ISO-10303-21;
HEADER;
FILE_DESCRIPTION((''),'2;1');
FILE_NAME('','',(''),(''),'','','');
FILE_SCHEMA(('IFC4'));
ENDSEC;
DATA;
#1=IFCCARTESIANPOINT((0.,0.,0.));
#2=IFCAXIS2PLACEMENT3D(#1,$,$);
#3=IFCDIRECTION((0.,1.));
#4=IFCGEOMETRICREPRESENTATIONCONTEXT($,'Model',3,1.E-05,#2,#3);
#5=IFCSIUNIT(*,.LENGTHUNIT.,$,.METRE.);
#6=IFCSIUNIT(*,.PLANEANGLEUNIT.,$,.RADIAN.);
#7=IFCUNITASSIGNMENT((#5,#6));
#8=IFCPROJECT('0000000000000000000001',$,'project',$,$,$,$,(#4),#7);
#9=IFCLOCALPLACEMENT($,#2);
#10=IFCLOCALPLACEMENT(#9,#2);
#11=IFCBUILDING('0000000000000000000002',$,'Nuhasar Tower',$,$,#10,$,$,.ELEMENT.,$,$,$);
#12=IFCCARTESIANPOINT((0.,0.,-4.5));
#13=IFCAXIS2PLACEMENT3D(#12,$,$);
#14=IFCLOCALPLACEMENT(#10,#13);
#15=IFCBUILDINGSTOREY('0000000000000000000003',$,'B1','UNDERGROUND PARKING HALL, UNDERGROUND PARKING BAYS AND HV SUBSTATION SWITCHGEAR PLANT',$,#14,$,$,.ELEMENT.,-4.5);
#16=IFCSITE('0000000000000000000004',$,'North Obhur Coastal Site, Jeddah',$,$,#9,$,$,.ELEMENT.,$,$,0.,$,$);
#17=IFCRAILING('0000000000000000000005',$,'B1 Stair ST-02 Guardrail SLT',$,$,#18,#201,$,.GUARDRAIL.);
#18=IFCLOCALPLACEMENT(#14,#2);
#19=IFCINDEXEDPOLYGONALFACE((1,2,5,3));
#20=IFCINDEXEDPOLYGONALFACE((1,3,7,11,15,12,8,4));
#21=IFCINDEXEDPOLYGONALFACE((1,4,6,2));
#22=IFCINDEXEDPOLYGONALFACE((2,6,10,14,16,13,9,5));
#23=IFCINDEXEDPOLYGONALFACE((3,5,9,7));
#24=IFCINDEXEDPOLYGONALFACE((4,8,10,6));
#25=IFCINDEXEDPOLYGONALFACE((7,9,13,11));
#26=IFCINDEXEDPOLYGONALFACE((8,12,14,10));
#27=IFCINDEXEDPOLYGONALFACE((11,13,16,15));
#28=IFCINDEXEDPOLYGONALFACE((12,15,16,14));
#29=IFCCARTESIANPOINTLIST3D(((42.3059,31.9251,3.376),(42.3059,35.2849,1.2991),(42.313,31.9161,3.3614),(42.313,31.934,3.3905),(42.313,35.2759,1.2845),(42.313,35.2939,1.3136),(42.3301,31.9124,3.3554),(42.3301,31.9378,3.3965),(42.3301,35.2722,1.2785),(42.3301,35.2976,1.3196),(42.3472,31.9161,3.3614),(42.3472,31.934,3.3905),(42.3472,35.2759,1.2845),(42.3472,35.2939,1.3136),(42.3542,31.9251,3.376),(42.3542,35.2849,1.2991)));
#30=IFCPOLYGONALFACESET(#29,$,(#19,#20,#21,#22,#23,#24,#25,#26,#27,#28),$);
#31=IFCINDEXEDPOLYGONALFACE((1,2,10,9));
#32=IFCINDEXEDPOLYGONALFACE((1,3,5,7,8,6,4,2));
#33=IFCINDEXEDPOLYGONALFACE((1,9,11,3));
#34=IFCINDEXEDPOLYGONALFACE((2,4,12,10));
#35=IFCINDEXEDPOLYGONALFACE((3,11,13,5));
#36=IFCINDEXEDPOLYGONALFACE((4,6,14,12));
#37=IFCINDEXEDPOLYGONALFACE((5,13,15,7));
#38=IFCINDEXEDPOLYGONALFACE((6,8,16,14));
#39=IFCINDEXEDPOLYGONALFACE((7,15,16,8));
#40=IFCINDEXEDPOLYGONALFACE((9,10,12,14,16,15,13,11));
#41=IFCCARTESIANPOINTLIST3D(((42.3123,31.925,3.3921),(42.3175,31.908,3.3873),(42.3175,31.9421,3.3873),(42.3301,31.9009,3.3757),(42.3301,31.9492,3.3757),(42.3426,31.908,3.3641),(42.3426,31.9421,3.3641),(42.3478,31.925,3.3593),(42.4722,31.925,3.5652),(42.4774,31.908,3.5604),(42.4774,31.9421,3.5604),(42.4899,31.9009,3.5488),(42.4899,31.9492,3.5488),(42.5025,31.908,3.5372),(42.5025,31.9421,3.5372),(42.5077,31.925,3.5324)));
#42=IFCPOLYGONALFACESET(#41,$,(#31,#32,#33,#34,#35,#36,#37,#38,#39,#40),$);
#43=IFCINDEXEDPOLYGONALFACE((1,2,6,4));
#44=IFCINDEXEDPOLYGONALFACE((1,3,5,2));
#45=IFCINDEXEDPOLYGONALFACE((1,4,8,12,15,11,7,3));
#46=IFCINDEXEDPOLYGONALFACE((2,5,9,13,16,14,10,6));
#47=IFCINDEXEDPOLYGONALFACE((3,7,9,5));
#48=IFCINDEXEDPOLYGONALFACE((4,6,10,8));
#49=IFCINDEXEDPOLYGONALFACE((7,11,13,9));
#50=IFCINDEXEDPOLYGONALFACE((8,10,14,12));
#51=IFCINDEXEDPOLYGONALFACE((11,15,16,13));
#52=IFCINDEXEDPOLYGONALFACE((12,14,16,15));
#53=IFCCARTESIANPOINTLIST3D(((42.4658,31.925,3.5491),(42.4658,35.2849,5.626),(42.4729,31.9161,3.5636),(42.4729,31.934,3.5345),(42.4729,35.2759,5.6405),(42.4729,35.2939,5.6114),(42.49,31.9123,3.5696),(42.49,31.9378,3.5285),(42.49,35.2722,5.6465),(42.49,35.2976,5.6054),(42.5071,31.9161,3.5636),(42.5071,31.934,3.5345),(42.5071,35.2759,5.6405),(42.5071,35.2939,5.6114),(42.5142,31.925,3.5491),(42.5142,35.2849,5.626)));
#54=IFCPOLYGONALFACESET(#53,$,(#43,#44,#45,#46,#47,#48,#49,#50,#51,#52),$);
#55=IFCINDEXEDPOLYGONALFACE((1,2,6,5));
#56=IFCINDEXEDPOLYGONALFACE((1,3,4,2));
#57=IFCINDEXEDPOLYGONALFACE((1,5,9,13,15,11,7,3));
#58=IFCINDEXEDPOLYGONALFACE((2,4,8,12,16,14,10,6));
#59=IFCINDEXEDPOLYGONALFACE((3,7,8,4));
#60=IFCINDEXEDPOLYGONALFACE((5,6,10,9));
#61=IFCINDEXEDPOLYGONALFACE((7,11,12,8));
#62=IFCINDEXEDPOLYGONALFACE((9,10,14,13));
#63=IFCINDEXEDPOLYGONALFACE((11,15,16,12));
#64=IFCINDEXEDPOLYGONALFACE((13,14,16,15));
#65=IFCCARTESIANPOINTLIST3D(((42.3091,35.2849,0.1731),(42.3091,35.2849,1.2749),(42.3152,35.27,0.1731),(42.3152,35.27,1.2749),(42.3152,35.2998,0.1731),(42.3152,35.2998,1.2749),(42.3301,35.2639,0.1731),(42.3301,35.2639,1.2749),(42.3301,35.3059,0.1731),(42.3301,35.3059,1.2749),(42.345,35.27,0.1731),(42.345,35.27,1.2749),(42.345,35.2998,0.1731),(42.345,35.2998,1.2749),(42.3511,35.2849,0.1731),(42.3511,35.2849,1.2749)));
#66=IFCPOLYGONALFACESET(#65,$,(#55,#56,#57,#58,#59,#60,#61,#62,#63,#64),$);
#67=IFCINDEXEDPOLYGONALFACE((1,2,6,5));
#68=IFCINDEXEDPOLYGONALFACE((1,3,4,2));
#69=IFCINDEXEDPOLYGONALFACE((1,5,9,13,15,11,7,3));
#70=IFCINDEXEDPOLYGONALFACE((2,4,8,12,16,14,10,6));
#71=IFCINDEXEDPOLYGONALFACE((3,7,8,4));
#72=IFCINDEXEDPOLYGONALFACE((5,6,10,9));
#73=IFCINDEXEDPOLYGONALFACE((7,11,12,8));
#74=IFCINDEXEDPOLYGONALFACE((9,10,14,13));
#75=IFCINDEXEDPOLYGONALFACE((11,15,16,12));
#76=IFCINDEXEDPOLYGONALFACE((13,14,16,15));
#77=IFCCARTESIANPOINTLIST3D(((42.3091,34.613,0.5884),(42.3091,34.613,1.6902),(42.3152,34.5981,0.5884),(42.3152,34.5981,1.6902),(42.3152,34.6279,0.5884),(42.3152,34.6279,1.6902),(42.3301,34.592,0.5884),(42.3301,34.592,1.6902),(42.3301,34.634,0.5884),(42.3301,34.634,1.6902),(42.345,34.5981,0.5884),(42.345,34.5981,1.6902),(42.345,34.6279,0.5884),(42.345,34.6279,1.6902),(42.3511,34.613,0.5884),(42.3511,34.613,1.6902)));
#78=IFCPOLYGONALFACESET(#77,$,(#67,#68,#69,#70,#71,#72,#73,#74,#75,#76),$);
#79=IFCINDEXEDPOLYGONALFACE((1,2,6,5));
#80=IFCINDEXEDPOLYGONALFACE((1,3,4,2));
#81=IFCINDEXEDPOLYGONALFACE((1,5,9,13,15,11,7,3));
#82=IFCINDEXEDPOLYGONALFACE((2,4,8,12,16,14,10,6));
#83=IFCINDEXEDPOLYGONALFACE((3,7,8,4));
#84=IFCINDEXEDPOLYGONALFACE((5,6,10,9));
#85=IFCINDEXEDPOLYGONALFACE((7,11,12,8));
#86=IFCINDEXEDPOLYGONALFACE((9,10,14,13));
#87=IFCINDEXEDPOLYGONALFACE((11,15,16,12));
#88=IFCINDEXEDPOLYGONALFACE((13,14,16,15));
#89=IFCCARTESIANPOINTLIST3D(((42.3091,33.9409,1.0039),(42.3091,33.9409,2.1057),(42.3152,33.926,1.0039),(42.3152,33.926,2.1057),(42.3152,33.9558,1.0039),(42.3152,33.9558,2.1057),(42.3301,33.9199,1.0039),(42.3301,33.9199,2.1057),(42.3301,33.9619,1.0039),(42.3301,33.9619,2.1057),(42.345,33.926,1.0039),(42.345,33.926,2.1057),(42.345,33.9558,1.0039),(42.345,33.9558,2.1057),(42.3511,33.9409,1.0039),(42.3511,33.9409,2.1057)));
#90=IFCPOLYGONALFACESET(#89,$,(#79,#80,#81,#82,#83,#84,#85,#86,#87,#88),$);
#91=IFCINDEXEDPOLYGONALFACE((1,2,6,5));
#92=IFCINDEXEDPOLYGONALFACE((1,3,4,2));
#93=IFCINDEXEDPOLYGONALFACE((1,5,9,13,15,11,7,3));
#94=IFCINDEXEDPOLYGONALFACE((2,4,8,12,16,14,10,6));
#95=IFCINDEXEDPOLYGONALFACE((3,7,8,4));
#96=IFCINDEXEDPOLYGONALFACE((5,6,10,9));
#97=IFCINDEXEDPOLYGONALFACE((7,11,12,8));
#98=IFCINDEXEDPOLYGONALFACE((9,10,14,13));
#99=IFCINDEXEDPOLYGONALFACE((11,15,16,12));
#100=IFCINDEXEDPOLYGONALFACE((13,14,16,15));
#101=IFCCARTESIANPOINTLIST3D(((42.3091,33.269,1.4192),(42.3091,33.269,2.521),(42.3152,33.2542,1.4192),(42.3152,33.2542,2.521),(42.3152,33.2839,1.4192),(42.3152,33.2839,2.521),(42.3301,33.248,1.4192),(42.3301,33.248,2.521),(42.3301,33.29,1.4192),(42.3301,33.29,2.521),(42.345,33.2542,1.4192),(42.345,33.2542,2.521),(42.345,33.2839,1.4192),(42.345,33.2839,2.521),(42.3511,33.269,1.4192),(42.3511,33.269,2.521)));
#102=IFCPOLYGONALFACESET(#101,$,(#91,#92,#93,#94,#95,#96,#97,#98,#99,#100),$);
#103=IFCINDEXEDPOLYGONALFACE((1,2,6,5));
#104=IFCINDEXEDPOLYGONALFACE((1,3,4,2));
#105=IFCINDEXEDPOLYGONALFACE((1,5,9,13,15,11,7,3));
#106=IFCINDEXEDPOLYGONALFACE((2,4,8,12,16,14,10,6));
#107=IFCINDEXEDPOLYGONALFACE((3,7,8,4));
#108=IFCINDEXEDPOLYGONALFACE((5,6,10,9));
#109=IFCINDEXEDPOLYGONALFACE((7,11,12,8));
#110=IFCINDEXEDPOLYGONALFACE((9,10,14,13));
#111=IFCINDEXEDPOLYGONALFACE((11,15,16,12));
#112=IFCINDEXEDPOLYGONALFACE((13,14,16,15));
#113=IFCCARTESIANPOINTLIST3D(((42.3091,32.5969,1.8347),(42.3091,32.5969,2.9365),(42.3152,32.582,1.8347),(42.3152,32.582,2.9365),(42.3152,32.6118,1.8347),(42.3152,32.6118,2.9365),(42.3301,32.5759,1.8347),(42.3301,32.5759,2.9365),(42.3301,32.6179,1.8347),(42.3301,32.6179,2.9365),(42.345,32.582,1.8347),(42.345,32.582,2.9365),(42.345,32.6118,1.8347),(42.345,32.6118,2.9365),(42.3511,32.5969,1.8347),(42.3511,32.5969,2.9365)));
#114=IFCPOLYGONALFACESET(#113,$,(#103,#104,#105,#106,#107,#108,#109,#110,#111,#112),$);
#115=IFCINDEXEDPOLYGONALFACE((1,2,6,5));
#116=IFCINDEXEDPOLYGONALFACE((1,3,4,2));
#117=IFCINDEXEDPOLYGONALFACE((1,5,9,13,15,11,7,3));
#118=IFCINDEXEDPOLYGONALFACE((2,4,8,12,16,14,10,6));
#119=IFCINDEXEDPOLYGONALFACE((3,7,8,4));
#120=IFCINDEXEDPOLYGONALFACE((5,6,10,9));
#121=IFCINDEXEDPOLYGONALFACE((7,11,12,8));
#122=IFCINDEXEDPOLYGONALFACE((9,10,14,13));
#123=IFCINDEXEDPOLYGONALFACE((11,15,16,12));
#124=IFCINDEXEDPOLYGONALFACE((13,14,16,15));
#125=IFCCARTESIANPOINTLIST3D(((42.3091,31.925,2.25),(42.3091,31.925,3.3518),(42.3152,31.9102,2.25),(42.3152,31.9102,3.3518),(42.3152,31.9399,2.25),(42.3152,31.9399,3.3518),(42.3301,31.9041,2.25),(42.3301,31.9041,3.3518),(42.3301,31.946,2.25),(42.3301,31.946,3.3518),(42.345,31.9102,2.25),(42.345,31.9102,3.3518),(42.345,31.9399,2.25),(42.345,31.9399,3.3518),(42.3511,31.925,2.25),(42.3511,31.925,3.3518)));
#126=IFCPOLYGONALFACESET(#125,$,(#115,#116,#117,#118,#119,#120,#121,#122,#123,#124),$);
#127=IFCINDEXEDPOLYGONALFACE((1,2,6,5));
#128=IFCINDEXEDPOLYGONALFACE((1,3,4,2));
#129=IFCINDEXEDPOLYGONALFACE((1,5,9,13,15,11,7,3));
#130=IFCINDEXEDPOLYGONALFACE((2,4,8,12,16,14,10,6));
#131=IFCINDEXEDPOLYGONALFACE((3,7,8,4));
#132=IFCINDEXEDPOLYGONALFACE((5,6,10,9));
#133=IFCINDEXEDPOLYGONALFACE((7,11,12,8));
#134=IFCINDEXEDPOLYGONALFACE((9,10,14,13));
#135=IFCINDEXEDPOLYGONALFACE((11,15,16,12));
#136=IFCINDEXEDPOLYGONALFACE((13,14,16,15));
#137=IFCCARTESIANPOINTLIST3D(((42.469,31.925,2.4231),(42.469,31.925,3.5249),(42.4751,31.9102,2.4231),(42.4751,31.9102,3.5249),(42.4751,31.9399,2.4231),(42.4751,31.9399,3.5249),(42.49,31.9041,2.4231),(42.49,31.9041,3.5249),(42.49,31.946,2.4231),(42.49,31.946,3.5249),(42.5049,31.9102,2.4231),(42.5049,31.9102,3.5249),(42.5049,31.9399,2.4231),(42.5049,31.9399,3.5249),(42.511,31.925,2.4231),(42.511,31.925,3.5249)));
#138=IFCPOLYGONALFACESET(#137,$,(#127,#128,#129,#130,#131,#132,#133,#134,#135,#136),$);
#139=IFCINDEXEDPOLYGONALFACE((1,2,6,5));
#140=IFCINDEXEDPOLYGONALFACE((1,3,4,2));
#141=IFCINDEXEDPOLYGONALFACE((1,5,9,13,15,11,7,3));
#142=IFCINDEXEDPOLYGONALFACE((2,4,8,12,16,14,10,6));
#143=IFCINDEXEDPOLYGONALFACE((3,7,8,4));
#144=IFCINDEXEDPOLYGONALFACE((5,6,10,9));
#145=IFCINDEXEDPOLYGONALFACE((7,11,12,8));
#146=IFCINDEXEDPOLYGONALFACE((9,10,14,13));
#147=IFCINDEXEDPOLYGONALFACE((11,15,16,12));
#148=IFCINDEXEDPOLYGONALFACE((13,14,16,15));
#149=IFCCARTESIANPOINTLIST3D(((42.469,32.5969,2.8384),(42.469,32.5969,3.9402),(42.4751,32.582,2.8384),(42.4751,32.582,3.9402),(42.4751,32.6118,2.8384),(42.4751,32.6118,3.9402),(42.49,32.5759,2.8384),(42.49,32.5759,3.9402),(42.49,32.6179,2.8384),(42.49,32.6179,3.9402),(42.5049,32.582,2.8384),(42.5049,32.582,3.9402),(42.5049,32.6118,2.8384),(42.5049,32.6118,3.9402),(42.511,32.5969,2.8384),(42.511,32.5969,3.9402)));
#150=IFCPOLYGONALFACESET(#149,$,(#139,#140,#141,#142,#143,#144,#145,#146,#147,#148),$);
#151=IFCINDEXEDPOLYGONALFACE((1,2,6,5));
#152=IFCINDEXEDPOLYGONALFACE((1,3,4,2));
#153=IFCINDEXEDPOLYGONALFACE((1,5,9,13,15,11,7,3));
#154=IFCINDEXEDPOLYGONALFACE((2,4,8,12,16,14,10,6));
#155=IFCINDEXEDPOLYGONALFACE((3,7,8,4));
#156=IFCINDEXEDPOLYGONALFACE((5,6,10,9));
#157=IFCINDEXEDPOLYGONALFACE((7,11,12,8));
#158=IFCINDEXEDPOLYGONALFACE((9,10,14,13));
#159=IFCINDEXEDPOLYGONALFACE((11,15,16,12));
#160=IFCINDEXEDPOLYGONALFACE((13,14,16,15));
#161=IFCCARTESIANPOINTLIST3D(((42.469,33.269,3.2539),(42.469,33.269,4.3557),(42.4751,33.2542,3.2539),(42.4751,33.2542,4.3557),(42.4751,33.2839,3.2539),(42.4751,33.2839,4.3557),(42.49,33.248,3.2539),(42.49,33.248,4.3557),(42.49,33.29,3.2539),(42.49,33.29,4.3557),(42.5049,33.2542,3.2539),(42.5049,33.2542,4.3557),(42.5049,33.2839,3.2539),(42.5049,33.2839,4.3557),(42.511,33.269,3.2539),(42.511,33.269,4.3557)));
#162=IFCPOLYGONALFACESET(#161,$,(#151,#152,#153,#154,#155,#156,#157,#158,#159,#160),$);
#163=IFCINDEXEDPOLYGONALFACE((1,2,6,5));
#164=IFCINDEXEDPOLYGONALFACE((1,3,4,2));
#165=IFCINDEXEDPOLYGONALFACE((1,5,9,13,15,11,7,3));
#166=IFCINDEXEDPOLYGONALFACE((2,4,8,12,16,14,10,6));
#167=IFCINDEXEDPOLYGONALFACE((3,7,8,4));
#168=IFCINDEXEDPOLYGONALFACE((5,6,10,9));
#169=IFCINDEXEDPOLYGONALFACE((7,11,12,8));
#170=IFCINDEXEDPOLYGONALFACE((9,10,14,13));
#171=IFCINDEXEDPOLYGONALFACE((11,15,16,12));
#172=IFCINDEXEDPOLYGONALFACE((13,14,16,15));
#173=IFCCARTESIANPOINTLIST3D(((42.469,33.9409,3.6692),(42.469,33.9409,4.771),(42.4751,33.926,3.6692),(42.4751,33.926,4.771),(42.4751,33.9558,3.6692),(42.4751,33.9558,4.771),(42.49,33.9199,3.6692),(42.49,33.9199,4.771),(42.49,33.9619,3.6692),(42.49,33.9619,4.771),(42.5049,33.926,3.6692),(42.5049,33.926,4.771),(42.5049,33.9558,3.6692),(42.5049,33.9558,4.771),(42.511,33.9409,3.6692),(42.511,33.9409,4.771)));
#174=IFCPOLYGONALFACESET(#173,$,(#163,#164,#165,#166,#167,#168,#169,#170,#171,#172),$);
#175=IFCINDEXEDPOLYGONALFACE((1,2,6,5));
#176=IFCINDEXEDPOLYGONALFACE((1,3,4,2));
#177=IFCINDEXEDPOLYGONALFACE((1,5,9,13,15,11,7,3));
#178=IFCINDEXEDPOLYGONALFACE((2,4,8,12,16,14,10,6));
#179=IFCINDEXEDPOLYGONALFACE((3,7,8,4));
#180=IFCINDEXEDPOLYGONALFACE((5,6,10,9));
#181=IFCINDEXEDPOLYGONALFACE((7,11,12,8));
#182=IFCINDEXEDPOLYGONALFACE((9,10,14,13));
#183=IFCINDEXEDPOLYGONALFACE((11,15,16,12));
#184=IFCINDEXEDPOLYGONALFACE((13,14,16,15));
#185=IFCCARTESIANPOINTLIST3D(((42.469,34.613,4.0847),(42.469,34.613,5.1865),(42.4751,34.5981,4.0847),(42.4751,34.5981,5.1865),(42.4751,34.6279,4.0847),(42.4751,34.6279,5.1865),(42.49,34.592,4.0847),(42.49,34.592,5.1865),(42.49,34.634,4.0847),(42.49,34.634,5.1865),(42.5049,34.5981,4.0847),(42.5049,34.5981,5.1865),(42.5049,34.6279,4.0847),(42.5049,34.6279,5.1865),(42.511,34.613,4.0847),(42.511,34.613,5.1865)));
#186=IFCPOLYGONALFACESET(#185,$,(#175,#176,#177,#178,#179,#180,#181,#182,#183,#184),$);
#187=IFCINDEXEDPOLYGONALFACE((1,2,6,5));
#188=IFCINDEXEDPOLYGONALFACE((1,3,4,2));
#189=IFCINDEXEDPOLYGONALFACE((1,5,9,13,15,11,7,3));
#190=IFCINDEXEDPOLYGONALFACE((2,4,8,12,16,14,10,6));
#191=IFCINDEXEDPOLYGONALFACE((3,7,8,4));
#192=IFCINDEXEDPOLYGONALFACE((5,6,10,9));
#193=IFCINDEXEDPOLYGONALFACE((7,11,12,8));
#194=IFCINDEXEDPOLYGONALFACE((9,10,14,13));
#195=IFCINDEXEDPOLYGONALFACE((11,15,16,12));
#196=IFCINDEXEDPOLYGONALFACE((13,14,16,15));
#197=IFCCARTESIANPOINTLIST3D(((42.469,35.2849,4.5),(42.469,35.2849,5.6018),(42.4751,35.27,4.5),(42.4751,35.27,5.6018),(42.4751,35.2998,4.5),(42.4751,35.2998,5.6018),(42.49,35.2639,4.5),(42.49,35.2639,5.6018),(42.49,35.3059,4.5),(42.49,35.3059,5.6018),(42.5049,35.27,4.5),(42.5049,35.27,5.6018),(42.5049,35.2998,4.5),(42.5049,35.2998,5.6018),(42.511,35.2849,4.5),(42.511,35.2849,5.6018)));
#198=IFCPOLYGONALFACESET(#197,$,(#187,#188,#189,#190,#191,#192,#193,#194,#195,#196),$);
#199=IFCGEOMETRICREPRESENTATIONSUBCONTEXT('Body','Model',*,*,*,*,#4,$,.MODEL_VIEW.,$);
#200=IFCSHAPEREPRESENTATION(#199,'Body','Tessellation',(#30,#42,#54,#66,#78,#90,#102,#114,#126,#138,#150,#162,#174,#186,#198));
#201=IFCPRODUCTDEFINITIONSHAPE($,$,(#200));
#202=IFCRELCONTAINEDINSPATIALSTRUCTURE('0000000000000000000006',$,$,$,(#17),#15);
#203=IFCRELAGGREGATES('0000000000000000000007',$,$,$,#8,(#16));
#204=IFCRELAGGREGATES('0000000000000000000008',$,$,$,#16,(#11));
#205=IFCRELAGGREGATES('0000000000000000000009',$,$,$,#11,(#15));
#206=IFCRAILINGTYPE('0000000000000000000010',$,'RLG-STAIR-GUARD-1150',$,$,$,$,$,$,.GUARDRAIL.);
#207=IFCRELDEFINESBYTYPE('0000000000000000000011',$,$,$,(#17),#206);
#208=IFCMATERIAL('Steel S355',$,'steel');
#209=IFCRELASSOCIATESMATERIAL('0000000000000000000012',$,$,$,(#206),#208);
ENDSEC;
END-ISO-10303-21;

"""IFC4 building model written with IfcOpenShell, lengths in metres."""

from ifc_helpers import new_model, si_unit, direction, frame, origin, place, context, subcontext, project, spatial, polyline, outline, extrude, material, type_object, element, save


model = new_model("IFC4")

# Units and contexts
model_context = context("Model", 3, precision=1e-05, world=origin(), true_north=direction((0.0, 1.0)))
body_context = subcontext(model_context, "Body", "Model", "MODEL_VIEW")
ifc_project = project(units=[si_unit("LENGTHUNIT", "METRE"), si_unit("PLANEANGLEUNIT", "RADIAN")], contexts=[model_context])

# Site, building, storey
site_placement = place(None, origin())
site = spatial("IfcSite", under=ifc_project, at=site_placement, Name="North Obhur Coastal Site, Jeddah", CompositionType="ELEMENT", RefElevation=0.0)
building_placement = place(site_placement, origin())
building = spatial("IfcBuilding", under=site, at=building_placement, Name="Nuhasar Tower", CompositionType="ELEMENT")
storey_placement = place(building_placement, frame((0.0, 0.0, -4.5)))
storey = spatial("IfcBuildingStorey", under=building, at=storey_placement, Name="B1", Description="UNDERGROUND PARKING HALL, UNDERGROUND PARKING BAYS AND HV SUBSTATION SWITCHGEAR PLANT", CompositionType="ELEMENT", Elevation=-4.5)

# Shared definitions
ifc_material_1 = material(Name="Steel S355", Category="steel")

# Railing
railing_type_1 = type_object("IfcRailingType", Name="RLG-STAIR-GUARD-1150", PredefinedType="GUARDRAIL", material=ifc_material_1)
railing_1_placement = place(storey_placement, frame((42.3301, 35.2849, 0.1731)))
element("IfcRailing", 1, at=railing_1_placement, inside=storey, type_object=railing_type_1, Name="B1 Stair ST-02 Guardrail SLT", PredefinedType="GUARDRAIL", context=body_context, shape_type="SweptSolid", body=[
    extrude(outline(polyline([(0.0242, 0.0), (0.0171, 0.0171), (0.0, 0.0242), (-0.0171, 0.0171), (-0.0242, 0.0), (-0.0171, -0.0171), (0.0, -0.0242), (0.0171, -0.0171), (0.0242, 0.0)])), frame((0.0, 0.0, 1.126), z_axis=(0.0, -0.850606, 0.525803), x_axis=(1.0, 0.0, 0.0)), (0.0, 0.0, 1.0), 3.95),
    extrude(outline(polyline([(0.0242, 0.0), (0.0171, 0.0171), (0.0, 0.0242), (-0.0171, 0.0171), (-0.0242, 0.0), (-0.0171, -0.0171), (0.0, -0.0242), (0.0171, -0.0171), (0.0242, 0.0)])), frame((0.0, -3.3599, 3.2026), z_axis=(0.678581, 0.0, 0.734525), x_axis=(0.0, 1.0, 0.0)), (0.0, 0.0, 1.0), 0.2356),
    extrude(outline(polyline([(0.0242, 0.0), (0.0171, 0.0171), (0.0, 0.0242), (-0.0171, 0.0171), (-0.0242, 0.0), (-0.0171, -0.0171), (0.0, -0.0242), (0.0171, -0.0171), (0.0242, 0.0)])), frame((0.1599, -3.3599, 3.376), z_axis=(0.0, 0.850606, 0.525803), x_axis=(-1.0, 0.0, 0.0)), (0.0, 0.0, 1.0), 3.95),
    extrude(outline(polyline([(0.021, 0.0), (0.0149, 0.0149), (0.0, 0.021), (-0.0149, 0.0149), (-0.021, 0.0), (-0.0149, -0.0149), (0.0, -0.021), (0.0149, -0.0149), (0.021, 0.0)])), origin(), (0.0, 0.0, 1.0), 1.1018),
    extrude(outline(polyline([(0.021, 0.0), (0.0149, 0.0149), (0.0, 0.021), (-0.0149, 0.0149), (-0.021, 0.0), (-0.0149, -0.0149), (0.0, -0.021), (0.0149, -0.0149), (0.021, 0.0)])), frame((0.0, -0.6719, 0.4153)), (0.0, 0.0, 1.0), 1.1018),
    extrude(outline(polyline([(0.021, 0.0), (0.0149, 0.0149), (0.0, 0.021), (-0.0149, 0.0149), (-0.021, 0.0), (-0.0149, -0.0149), (0.0, -0.021), (0.0149, -0.0149), (0.021, 0.0)])), frame((0.0, -1.344, 0.8308)), (0.0, 0.0, 1.0), 1.1018),
    extrude(outline(polyline([(0.021, 0.0), (0.0149, 0.0149), (0.0, 0.021), (-0.0149, 0.0149), (-0.021, 0.0), (-0.0149, -0.0149), (0.0, -0.021), (0.0149, -0.0149), (0.021, 0.0)])), frame((0.0, -2.0159, 1.2461)), (0.0, 0.0, 1.0), 1.1018),
    extrude(outline(polyline([(0.021, 0.0), (0.0149, 0.0149), (0.0, 0.021), (-0.0149, 0.0149), (-0.021, 0.0), (-0.0149, -0.0149), (0.0, -0.021), (0.0149, -0.0149), (0.021, 0.0)])), frame((0.0, -2.688, 1.6616)), (0.0, 0.0, 1.0), 1.1018),
    extrude(outline(polyline([(0.021, 0.0), (0.0149, 0.0149), (0.0, 0.021), (-0.0149, 0.0149), (-0.021, 0.0), (-0.0149, -0.0149), (0.0, -0.021), (0.0149, -0.0149), (0.021, 0.0)])), frame((0.0, -3.3599, 2.0769)), (0.0, 0.0, 1.0), 1.1018),
    extrude(outline(polyline([(0.021, 0.0), (0.0149, 0.0149), (0.0, 0.021), (-0.0149, 0.0149), (-0.021, 0.0), (-0.0149, -0.0149), (0.0, -0.021), (0.0149, -0.0149), (0.021, 0.0)])), frame((0.1599, -3.3599, 2.25)), (0.0, 0.0, 1.0), 1.1018),
    extrude(outline(polyline([(0.021, 0.0), (0.0149, 0.0149), (0.0, 0.021), (-0.0149, 0.0149), (-0.021, 0.0), (-0.0149, -0.0149), (0.0, -0.021), (0.0149, -0.0149), (0.021, 0.0)])), frame((0.1599, -2.688, 2.6653)), (0.0, 0.0, 1.0), 1.1018),
    extrude(outline(polyline([(0.021, 0.0), (0.0149, 0.0149), (0.0, 0.021), (-0.0149, 0.0149), (-0.021, 0.0), (-0.0149, -0.0149), (0.0, -0.021), (0.0149, -0.0149), (0.021, 0.0)])), frame((0.1599, -2.0159, 3.0808)), (0.0, 0.0, 1.0), 1.1018),
    extrude(outline(polyline([(0.021, 0.0), (0.0149, 0.0149), (0.0, 0.021), (-0.0149, 0.0149), (-0.021, 0.0), (-0.0149, -0.0149), (0.0, -0.021), (0.0149, -0.0149), (0.021, 0.0)])), frame((0.1599, -1.344, 3.4961)), (0.0, 0.0, 1.0), 1.1018),
    extrude(outline(polyline([(0.021, 0.0), (0.0149, 0.0149), (0.0, 0.021), (-0.0149, 0.0149), (-0.021, 0.0), (-0.0149, -0.0149), (0.0, -0.021), (0.0149, -0.0149), (0.021, 0.0)])), frame((0.1599, -0.6719, 3.9116)), (0.0, 0.0, 1.0), 1.1018),
    extrude(outline(polyline([(0.021, 0.0), (0.0149, 0.0149), (0.0, 0.021), (-0.0149, 0.0149), (-0.021, 0.0), (-0.0149, -0.0149), (0.0, -0.021), (0.0149, -0.0149), (0.021, 0.0)])), frame((0.1599, 0.0, 4.3269)), (0.0, 0.0, 1.0), 1.1018),
])

save(model, "model.ifc")
